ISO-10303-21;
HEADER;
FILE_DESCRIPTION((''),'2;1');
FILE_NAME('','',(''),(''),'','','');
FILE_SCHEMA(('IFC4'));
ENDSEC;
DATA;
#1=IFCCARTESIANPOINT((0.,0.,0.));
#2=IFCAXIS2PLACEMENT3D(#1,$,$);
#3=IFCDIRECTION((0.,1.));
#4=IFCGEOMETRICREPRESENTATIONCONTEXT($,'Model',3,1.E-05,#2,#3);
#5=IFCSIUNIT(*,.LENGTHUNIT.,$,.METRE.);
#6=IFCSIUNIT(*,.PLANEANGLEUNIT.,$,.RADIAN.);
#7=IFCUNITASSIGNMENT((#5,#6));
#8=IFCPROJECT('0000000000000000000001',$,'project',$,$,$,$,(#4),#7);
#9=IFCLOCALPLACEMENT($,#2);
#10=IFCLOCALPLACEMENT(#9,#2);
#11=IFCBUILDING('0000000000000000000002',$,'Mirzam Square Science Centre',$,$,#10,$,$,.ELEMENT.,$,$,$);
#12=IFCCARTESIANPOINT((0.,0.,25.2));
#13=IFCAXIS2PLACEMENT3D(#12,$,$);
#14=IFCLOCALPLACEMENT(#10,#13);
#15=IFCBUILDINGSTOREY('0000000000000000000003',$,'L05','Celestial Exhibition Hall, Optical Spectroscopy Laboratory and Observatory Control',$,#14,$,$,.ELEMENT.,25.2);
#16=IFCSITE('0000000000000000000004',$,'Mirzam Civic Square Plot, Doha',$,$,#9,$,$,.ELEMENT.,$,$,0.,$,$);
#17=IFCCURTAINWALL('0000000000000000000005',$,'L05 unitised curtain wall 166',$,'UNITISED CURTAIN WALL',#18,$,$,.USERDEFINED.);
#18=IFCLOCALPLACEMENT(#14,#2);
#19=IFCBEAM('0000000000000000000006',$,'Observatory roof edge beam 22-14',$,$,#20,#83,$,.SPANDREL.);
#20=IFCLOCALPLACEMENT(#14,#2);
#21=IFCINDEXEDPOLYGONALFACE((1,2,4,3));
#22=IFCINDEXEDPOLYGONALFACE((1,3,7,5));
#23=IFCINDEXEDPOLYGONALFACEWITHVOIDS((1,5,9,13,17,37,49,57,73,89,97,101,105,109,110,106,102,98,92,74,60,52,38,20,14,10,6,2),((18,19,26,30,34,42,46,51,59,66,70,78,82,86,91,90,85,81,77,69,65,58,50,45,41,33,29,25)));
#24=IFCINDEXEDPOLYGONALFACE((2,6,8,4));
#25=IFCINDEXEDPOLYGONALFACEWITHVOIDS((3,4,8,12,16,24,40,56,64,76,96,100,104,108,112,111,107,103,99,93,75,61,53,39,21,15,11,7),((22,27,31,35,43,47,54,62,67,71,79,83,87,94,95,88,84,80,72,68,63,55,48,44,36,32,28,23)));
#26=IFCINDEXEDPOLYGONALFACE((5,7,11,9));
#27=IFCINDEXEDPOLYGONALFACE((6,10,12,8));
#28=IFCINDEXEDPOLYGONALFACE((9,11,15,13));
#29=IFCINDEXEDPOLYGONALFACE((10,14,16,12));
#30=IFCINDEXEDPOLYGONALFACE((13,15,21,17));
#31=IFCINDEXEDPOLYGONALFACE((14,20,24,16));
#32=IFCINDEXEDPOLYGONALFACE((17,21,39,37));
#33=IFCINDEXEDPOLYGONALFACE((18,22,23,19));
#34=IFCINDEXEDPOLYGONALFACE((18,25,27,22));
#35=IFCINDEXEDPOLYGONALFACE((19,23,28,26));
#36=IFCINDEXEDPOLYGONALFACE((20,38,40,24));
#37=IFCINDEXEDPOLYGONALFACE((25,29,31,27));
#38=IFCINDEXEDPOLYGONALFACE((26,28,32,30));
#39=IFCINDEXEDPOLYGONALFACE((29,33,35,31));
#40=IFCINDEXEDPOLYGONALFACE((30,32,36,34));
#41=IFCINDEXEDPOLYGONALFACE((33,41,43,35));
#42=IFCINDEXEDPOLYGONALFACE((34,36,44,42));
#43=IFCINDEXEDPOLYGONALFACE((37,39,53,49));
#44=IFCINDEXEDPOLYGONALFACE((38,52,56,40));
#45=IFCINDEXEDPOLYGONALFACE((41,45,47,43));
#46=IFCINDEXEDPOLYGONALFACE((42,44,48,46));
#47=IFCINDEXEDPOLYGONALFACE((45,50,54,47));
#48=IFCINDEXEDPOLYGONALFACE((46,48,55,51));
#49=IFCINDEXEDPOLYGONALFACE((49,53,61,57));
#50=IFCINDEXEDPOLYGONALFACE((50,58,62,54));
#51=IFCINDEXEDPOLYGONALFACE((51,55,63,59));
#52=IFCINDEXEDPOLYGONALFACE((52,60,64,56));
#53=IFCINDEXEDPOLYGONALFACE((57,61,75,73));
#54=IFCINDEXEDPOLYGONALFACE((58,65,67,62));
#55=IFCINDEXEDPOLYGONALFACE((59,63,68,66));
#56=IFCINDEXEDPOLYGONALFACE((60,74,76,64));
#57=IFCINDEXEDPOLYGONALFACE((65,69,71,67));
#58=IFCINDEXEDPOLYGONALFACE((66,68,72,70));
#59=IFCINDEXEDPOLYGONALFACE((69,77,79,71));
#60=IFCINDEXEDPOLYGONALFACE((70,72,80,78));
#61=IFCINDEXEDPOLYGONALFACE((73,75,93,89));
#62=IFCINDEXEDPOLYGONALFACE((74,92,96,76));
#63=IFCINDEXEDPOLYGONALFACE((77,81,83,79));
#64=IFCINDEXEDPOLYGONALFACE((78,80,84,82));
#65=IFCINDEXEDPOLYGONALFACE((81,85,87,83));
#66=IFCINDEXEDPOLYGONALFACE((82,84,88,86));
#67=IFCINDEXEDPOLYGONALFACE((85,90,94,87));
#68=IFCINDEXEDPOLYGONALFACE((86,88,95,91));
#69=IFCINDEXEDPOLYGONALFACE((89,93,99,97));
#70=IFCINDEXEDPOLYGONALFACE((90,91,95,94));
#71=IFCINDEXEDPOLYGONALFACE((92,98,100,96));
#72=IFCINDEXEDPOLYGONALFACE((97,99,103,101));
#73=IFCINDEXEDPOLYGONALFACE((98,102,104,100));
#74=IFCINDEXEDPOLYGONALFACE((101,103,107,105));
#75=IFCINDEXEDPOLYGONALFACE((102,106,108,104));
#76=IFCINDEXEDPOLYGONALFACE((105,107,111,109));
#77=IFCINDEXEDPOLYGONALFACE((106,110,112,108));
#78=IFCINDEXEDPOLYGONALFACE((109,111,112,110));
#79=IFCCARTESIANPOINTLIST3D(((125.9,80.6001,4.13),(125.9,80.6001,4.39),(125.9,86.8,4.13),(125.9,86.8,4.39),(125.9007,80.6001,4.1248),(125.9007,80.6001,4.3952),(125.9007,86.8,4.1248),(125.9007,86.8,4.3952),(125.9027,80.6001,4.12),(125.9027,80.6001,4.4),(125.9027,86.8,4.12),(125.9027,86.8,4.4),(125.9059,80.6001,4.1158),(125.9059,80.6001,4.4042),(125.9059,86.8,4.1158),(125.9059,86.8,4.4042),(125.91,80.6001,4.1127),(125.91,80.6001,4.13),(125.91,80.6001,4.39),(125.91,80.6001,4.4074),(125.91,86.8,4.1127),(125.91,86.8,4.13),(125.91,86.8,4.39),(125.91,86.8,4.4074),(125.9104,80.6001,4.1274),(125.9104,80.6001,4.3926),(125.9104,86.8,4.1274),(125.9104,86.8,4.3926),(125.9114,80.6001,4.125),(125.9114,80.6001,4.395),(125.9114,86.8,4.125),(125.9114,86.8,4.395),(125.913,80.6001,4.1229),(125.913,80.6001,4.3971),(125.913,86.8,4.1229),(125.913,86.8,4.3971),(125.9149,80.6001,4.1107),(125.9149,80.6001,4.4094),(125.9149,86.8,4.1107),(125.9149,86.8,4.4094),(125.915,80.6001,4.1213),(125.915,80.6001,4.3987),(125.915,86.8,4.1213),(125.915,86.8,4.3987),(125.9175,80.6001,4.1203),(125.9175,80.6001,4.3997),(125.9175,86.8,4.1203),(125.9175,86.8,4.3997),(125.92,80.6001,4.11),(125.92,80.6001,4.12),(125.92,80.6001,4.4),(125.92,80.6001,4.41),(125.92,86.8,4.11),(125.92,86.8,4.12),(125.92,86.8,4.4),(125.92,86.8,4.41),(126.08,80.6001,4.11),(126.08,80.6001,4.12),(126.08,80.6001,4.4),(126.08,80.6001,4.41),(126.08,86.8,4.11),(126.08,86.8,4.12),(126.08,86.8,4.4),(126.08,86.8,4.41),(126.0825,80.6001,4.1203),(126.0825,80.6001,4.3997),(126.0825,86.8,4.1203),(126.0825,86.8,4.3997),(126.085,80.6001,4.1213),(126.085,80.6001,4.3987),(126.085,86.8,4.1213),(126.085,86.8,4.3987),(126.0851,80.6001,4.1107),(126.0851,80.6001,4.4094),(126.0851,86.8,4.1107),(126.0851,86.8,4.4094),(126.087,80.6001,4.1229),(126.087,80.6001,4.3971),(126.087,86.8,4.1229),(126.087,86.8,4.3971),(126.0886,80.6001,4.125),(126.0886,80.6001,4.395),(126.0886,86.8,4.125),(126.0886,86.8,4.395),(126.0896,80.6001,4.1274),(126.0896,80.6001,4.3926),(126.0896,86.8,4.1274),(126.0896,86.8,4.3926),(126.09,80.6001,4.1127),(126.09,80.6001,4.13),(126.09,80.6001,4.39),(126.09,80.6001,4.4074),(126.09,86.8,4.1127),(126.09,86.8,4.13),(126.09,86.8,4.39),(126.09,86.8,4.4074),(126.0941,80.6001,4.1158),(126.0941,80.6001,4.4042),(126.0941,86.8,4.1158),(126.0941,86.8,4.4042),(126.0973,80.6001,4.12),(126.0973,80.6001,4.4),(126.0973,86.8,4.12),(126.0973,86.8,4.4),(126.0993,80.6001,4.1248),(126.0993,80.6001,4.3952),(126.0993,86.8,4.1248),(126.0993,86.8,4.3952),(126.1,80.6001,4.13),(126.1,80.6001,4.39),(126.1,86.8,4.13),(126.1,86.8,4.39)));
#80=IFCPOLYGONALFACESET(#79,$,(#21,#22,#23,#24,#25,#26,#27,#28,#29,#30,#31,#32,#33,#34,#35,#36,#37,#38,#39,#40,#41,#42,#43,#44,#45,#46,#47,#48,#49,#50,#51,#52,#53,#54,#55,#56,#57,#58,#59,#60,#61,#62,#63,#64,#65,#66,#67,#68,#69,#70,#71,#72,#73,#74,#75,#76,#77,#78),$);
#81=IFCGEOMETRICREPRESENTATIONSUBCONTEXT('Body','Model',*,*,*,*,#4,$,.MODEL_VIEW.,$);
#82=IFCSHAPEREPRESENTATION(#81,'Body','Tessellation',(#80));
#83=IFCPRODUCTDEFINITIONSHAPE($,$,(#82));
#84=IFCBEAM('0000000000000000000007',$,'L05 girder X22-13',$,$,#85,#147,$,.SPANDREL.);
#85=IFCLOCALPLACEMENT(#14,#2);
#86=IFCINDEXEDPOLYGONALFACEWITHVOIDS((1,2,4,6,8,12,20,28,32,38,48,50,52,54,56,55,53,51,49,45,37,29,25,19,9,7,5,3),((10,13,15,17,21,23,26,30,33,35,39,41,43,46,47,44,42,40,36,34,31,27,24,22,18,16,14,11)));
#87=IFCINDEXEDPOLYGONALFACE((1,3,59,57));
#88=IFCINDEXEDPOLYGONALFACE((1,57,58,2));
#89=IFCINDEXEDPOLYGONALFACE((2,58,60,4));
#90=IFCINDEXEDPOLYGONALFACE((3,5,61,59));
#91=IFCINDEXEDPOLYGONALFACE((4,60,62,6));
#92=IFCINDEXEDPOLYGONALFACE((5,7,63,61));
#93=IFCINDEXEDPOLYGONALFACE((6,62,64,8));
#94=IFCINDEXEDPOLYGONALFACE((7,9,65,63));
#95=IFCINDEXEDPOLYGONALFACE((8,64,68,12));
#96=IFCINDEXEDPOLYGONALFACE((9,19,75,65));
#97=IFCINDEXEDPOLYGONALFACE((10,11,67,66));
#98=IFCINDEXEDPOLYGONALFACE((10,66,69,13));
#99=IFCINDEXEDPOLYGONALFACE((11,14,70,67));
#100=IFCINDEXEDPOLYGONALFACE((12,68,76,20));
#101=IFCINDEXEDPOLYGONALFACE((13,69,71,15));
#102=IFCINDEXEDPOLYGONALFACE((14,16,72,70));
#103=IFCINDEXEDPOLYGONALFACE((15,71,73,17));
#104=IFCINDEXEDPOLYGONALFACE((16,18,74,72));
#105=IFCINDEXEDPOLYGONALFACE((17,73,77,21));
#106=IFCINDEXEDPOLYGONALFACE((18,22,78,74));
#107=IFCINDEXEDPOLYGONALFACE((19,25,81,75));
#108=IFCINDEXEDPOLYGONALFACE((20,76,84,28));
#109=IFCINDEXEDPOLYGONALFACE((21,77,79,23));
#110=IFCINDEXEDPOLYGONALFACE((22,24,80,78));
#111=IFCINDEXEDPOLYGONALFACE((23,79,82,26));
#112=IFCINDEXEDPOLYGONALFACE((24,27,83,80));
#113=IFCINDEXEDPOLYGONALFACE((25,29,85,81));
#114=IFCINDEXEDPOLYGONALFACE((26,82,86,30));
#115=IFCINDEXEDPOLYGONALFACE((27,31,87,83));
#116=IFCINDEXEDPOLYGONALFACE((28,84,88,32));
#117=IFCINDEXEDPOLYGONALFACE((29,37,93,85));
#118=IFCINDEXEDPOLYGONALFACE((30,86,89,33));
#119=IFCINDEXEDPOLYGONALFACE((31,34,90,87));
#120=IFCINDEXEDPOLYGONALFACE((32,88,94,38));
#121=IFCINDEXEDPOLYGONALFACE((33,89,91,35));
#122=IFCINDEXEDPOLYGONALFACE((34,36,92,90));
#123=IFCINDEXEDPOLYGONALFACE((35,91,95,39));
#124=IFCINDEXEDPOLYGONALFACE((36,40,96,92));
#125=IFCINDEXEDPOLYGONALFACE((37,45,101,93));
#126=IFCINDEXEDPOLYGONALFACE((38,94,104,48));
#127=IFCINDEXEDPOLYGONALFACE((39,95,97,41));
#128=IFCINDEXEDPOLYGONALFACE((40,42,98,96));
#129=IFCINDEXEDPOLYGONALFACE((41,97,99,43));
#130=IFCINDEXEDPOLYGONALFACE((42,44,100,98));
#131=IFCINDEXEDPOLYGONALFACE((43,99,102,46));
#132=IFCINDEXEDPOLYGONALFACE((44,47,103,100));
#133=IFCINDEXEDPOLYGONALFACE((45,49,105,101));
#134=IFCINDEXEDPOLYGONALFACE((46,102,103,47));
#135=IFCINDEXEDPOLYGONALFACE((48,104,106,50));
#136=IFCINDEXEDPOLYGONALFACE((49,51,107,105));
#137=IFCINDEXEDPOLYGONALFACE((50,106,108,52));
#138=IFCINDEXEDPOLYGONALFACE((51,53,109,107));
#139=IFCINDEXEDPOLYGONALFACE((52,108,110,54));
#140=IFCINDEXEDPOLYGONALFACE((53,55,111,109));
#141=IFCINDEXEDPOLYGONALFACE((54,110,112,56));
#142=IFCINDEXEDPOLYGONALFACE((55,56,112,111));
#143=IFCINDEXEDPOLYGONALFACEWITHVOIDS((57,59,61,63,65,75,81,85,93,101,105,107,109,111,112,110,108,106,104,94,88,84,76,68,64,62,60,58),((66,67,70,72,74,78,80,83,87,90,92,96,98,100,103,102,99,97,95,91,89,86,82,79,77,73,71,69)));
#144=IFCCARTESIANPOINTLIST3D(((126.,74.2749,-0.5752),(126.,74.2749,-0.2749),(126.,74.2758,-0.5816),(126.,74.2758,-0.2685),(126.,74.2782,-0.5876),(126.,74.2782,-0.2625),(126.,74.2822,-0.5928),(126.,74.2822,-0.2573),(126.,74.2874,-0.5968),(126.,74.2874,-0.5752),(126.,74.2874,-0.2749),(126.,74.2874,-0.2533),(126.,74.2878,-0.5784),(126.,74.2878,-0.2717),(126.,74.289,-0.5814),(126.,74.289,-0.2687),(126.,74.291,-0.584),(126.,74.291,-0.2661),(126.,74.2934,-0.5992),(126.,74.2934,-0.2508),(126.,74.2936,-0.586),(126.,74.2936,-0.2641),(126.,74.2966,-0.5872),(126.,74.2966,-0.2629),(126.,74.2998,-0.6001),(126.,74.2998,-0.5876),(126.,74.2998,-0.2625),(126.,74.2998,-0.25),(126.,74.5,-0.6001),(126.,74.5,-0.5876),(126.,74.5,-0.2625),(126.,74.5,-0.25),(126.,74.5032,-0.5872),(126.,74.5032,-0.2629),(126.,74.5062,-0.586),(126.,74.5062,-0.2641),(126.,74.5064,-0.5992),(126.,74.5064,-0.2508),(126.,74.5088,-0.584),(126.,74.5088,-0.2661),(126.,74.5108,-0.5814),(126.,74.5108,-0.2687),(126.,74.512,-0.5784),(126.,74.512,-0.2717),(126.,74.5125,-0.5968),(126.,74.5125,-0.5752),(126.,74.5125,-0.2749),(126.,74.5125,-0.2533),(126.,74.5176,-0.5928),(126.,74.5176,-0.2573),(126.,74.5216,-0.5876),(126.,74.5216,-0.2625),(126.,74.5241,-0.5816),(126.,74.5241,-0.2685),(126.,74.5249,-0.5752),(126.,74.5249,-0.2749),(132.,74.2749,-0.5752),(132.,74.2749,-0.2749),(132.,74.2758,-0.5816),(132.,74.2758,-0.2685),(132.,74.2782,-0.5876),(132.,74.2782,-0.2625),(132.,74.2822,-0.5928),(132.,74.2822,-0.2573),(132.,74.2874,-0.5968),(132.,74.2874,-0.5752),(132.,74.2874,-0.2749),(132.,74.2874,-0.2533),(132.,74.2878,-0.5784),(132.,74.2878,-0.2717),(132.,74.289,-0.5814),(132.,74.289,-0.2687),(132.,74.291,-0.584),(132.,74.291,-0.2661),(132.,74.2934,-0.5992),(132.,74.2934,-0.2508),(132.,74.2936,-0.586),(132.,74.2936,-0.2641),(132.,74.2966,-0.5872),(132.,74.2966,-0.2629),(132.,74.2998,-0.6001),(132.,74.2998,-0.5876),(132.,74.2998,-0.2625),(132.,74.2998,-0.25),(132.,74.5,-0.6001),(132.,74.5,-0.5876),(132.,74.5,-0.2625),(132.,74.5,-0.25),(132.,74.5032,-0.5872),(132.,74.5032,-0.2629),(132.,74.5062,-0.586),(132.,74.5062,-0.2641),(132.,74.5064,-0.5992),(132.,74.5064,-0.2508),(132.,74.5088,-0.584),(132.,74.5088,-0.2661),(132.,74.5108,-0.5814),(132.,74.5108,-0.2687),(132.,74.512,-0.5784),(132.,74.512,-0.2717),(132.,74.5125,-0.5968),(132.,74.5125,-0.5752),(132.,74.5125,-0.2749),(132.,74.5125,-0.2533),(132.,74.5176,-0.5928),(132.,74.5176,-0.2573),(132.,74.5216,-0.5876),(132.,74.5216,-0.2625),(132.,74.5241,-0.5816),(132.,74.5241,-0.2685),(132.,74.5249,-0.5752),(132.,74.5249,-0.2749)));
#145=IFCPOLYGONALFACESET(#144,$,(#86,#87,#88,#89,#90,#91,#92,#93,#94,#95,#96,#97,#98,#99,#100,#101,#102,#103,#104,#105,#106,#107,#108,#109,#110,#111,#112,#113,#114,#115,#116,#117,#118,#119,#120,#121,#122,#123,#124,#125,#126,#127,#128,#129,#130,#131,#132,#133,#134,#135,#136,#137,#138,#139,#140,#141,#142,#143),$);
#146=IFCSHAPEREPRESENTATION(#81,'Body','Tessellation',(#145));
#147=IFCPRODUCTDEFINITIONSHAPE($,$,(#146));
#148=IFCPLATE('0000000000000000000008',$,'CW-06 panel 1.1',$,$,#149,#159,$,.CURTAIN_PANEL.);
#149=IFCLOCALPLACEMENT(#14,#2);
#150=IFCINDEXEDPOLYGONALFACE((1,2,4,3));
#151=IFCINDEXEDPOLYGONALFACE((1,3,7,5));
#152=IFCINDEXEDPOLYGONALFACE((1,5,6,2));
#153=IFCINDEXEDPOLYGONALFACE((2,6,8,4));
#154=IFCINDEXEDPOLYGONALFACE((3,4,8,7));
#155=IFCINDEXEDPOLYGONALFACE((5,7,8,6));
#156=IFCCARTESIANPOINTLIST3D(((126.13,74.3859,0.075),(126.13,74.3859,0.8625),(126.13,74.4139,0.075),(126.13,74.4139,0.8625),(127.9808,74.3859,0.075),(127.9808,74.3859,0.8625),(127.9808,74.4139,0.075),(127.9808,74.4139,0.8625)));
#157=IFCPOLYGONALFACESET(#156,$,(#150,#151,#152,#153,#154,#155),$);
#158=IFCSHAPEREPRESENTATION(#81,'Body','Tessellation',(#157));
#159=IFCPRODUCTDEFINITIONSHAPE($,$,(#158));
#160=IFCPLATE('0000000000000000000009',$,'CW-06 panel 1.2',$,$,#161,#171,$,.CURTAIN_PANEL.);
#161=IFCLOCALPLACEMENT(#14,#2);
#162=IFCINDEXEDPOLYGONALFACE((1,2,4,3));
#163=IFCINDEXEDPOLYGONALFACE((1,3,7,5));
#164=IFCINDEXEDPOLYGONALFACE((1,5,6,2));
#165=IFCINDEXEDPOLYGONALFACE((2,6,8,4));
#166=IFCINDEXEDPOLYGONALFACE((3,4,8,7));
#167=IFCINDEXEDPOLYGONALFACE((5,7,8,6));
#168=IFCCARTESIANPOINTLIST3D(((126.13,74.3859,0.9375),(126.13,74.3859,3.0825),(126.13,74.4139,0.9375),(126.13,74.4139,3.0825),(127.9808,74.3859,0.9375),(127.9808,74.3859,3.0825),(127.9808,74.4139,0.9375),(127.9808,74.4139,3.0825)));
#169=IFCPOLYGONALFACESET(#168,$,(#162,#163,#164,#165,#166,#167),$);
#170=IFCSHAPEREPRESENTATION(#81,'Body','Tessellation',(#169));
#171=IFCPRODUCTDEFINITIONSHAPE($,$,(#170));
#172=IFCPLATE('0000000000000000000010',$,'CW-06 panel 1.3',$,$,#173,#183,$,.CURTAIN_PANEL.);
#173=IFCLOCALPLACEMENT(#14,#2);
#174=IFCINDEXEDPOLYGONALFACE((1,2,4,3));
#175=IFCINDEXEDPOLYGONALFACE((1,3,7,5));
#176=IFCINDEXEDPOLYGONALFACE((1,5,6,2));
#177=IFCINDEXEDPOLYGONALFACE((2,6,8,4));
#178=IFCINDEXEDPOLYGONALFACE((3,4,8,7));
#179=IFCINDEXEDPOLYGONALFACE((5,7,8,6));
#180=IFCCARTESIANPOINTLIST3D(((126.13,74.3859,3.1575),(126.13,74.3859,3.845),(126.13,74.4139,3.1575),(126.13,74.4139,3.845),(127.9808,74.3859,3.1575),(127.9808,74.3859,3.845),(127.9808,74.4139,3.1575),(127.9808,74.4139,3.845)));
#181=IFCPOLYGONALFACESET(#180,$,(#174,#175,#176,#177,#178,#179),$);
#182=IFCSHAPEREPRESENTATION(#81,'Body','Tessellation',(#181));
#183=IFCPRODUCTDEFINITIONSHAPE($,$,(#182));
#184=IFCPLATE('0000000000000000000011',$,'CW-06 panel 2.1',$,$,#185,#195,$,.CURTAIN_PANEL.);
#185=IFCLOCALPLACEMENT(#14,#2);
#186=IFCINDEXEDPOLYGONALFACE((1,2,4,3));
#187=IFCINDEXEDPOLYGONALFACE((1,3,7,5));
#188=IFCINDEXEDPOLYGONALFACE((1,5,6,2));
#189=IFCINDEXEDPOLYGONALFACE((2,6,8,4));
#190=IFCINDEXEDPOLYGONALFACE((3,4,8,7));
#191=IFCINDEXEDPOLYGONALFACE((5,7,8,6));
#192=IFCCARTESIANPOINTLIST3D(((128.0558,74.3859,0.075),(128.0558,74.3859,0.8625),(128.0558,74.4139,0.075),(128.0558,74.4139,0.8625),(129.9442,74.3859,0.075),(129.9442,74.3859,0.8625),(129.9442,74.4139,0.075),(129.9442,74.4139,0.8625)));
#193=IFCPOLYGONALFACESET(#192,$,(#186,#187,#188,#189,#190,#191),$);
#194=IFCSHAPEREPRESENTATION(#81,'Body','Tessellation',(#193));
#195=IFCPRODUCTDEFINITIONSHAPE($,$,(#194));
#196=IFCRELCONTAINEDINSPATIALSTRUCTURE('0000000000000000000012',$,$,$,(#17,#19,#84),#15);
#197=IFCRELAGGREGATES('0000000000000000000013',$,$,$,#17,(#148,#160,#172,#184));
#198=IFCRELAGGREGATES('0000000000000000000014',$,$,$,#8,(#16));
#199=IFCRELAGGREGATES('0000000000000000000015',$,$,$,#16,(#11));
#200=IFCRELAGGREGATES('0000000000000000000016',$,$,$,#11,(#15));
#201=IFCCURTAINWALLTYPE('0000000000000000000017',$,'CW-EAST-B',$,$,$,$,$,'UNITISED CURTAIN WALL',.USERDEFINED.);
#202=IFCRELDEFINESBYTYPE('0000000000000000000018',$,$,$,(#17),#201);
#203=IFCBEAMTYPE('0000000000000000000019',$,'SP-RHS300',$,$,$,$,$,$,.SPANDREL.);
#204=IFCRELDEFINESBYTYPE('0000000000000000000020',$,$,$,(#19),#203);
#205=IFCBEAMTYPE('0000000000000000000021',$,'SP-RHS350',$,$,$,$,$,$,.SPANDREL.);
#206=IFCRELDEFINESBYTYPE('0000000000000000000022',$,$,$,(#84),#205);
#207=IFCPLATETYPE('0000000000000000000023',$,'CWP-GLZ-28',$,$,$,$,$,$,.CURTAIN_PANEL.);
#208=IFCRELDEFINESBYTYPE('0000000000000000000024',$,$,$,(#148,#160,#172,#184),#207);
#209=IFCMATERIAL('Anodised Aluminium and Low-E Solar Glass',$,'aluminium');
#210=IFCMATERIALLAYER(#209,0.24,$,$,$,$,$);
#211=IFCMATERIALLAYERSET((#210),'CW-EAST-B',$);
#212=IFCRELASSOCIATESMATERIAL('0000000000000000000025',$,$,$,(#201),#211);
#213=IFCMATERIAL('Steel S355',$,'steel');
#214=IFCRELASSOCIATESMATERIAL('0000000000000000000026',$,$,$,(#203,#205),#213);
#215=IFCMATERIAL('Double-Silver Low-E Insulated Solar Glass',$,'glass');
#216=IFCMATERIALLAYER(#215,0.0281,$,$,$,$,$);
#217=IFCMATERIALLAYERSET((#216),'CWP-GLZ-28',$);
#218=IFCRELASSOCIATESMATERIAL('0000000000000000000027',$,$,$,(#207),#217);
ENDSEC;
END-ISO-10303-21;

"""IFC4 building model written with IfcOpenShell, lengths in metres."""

from ifc_helpers import new_model, si_unit, direction, frame, origin, origin_2d, place, context, subcontext, project, spatial, rectangle, hollow_rectangle, extrude, material, layer, layer_set, material_profile, profile_set, type_object, element, aggregate, save


model = new_model("IFC4")

# Units and contexts
model_context = context("Model", 3, precision=1e-05, world=origin(), true_north=direction((0.0, 1.0)))
body_context = subcontext(model_context, "Body", "Model", "MODEL_VIEW")
ifc_project = project(units=[si_unit("LENGTHUNIT", "METRE"), si_unit("PLANEANGLEUNIT", "RADIAN")], contexts=[model_context])

# Site, building, storey
site_placement = place(None, origin())
site = spatial("IfcSite", under=ifc_project, at=site_placement, Name="Mirzam Civic Square Plot, Doha", CompositionType="ELEMENT", RefElevation=0.0)
building_placement = place(site_placement, origin())
building = spatial("IfcBuilding", under=site, at=building_placement, Name="Mirzam Square Science Centre", CompositionType="ELEMENT")
storey_placement = place(building_placement, frame((0.0, 0.0, 25.2)))
storey = spatial("IfcBuildingStorey", under=building, at=storey_placement, Name="L05", Description="Celestial Exhibition Hall, Optical Spectroscopy Laboratory and Observatory Control", CompositionType="ELEMENT", Elevation=25.2)

# Shared definitions
ifc_material_1 = material(Name="Steel S355", Category="steel")

# Curtain wall
ifc_material_2 = material(Name="Anodised Aluminium and Low-E Solar Glass", Category="aluminium")
ifc_layer_1 = layer(ifc_material_2, 0.24)
ifc_layer_set_1 = layer_set([ifc_layer_1], Name="CW-EAST-B")
curtain_wall_type = type_object("IfcCurtainWallType", Name="CW-EAST-B", ElementType="UNITISED CURTAIN WALL", PredefinedType="USERDEFINED", material=ifc_layer_set_1)
curtain_wall_placement = place(storey_placement, origin())
curtain_wall = element("IfcCurtainWall", 1, at=curtain_wall_placement, inside=storey, type_object=curtain_wall_type, Name="L05 unitised curtain wall 166", ObjectType="UNITISED CURTAIN WALL", PredefinedType="USERDEFINED")

# Beams
ifc_material_profile_1 = material_profile(ifc_material_1, hollow_rectangle(XDim=0.2, YDim=0.3, WallThickness=0.01, InnerFilletRadius=0.01, OuterFilletRadius=0.02, at=origin_2d()), Name="300x200x10.0RHS")
ifc_profile_set_1 = profile_set([ifc_material_profile_1], Name="Steel S355")
beam_type_1 = type_object("IfcBeamType", Name="SP-RHS300", PredefinedType="SPANDREL", material=ifc_profile_set_1)
beam_1_placement = place(storey_placement, frame((126.0, 80.6001, 4.26), z_axis=(0.0, 1.0, 0.0), x_axis=(-1.0, 0.0, 0.0)))
element("IfcBeam", 2, at=beam_1_placement, inside=storey, type_object=beam_type_1, Name="Observatory roof edge beam 22-14", PredefinedType="SPANDREL", context=body_context, shape_type="SweptSolid", body=[
    extrude(hollow_rectangle(XDim=0.2, YDim=0.3, WallThickness=0.01, InnerFilletRadius=0.01, OuterFilletRadius=0.02, at=origin_2d()), origin(), (0.0, 0.0, 1.0), 6.2),
])
ifc_material_profile_2 = material_profile(ifc_material_1, hollow_rectangle(XDim=0.25, YDim=0.3501, WallThickness=0.0125, InnerFilletRadius=0.0125, OuterFilletRadius=0.0249, at=origin_2d()), Name="350x250x12.5RHS")
ifc_profile_set_2 = profile_set([ifc_material_profile_2], Name="Steel S355")
beam_type_2 = type_object("IfcBeamType", Name="SP-RHS350", PredefinedType="SPANDREL", material=ifc_profile_set_2)
beam_2_placement = place(storey_placement, frame((126.0, 74.3999, -0.425), z_axis=(1.0, 0.0, 0.0), x_axis=(0.0, 1.0, 0.0)))
element("IfcBeam", 3, at=beam_2_placement, inside=storey, type_object=beam_type_2, Name="L05 girder X22-13", PredefinedType="SPANDREL", context=body_context, shape_type="SweptSolid", body=[
    extrude(hollow_rectangle(XDim=0.25, YDim=0.3501, WallThickness=0.0125, InnerFilletRadius=0.0125, OuterFilletRadius=0.0249, at=origin_2d()), origin(), (0.0, 0.0, 1.0), 6.0),
])

# Plates
ifc_material_3 = material(Name="Double-Silver Low-E Insulated Solar Glass", Category="glass")
ifc_layer_2 = layer(ifc_material_3, 0.0281)
ifc_layer_set_2 = layer_set([ifc_layer_2], Name="CWP-GLZ-28")
plate_type = type_object("IfcPlateType", Name="CWP-GLZ-28", PredefinedType="CURTAIN_PANEL", material=ifc_layer_set_2)
plate_1_placement = place(storey_placement, frame((127.0554, 74.3999, 0.075), z_axis=(0.0, 0.0, 1.0), x_axis=(1.0, 0.0, 0.0)))
plate_1 = element("IfcPlate", 4, at=plate_1_placement, type_object=plate_type, Name="CW-06 panel 1.1", PredefinedType="CURTAIN_PANEL", context=body_context, shape_type="SweptSolid", body=[
    extrude(rectangle(XDim=1.8508, YDim=0.0281, at=origin_2d()), origin(), (0.0, 0.0, 1.0), 0.7876),
])
plate_2_placement = place(storey_placement, frame((127.0554, 74.3999, 0.9375), z_axis=(0.0, 0.0, 1.0), x_axis=(1.0, 0.0, 0.0)))
plate_2 = element("IfcPlate", 5, at=plate_2_placement, type_object=plate_type, Name="CW-06 panel 1.2", PredefinedType="CURTAIN_PANEL", context=body_context, shape_type="SweptSolid", body=[
    extrude(rectangle(XDim=1.8508, YDim=0.0281, at=origin_2d()), origin(), (0.0, 0.0, 1.0), 2.145),
])
plate_3_placement = place(storey_placement, frame((127.0554, 74.3999, 3.1575), z_axis=(0.0, 0.0, 1.0), x_axis=(1.0, 0.0, 0.0)))
plate_3 = element("IfcPlate", 6, at=plate_3_placement, type_object=plate_type, Name="CW-06 panel 1.3", PredefinedType="CURTAIN_PANEL", context=body_context, shape_type="SweptSolid", body=[
    extrude(rectangle(XDim=1.8508, YDim=0.0281, at=origin_2d()), origin(), (0.0, 0.0, 1.0), 0.6875),
])
plate_4_placement = place(storey_placement, frame((129.0, 74.3999, 0.075), z_axis=(0.0, 0.0, 1.0), x_axis=(1.0, 0.0, 0.0)))
plate_4 = element("IfcPlate", 7, at=plate_4_placement, type_object=plate_type, Name="CW-06 panel 2.1", PredefinedType="CURTAIN_PANEL", context=body_context, shape_type="SweptSolid", body=[
    extrude(rectangle(XDim=1.8884, YDim=0.0281, at=origin_2d()), origin(), (0.0, 0.0, 1.0), 0.7876),
])
aggregate(curtain_wall, [plate_1, plate_2, plate_3, plate_4])

save(model, "model.ifc")
